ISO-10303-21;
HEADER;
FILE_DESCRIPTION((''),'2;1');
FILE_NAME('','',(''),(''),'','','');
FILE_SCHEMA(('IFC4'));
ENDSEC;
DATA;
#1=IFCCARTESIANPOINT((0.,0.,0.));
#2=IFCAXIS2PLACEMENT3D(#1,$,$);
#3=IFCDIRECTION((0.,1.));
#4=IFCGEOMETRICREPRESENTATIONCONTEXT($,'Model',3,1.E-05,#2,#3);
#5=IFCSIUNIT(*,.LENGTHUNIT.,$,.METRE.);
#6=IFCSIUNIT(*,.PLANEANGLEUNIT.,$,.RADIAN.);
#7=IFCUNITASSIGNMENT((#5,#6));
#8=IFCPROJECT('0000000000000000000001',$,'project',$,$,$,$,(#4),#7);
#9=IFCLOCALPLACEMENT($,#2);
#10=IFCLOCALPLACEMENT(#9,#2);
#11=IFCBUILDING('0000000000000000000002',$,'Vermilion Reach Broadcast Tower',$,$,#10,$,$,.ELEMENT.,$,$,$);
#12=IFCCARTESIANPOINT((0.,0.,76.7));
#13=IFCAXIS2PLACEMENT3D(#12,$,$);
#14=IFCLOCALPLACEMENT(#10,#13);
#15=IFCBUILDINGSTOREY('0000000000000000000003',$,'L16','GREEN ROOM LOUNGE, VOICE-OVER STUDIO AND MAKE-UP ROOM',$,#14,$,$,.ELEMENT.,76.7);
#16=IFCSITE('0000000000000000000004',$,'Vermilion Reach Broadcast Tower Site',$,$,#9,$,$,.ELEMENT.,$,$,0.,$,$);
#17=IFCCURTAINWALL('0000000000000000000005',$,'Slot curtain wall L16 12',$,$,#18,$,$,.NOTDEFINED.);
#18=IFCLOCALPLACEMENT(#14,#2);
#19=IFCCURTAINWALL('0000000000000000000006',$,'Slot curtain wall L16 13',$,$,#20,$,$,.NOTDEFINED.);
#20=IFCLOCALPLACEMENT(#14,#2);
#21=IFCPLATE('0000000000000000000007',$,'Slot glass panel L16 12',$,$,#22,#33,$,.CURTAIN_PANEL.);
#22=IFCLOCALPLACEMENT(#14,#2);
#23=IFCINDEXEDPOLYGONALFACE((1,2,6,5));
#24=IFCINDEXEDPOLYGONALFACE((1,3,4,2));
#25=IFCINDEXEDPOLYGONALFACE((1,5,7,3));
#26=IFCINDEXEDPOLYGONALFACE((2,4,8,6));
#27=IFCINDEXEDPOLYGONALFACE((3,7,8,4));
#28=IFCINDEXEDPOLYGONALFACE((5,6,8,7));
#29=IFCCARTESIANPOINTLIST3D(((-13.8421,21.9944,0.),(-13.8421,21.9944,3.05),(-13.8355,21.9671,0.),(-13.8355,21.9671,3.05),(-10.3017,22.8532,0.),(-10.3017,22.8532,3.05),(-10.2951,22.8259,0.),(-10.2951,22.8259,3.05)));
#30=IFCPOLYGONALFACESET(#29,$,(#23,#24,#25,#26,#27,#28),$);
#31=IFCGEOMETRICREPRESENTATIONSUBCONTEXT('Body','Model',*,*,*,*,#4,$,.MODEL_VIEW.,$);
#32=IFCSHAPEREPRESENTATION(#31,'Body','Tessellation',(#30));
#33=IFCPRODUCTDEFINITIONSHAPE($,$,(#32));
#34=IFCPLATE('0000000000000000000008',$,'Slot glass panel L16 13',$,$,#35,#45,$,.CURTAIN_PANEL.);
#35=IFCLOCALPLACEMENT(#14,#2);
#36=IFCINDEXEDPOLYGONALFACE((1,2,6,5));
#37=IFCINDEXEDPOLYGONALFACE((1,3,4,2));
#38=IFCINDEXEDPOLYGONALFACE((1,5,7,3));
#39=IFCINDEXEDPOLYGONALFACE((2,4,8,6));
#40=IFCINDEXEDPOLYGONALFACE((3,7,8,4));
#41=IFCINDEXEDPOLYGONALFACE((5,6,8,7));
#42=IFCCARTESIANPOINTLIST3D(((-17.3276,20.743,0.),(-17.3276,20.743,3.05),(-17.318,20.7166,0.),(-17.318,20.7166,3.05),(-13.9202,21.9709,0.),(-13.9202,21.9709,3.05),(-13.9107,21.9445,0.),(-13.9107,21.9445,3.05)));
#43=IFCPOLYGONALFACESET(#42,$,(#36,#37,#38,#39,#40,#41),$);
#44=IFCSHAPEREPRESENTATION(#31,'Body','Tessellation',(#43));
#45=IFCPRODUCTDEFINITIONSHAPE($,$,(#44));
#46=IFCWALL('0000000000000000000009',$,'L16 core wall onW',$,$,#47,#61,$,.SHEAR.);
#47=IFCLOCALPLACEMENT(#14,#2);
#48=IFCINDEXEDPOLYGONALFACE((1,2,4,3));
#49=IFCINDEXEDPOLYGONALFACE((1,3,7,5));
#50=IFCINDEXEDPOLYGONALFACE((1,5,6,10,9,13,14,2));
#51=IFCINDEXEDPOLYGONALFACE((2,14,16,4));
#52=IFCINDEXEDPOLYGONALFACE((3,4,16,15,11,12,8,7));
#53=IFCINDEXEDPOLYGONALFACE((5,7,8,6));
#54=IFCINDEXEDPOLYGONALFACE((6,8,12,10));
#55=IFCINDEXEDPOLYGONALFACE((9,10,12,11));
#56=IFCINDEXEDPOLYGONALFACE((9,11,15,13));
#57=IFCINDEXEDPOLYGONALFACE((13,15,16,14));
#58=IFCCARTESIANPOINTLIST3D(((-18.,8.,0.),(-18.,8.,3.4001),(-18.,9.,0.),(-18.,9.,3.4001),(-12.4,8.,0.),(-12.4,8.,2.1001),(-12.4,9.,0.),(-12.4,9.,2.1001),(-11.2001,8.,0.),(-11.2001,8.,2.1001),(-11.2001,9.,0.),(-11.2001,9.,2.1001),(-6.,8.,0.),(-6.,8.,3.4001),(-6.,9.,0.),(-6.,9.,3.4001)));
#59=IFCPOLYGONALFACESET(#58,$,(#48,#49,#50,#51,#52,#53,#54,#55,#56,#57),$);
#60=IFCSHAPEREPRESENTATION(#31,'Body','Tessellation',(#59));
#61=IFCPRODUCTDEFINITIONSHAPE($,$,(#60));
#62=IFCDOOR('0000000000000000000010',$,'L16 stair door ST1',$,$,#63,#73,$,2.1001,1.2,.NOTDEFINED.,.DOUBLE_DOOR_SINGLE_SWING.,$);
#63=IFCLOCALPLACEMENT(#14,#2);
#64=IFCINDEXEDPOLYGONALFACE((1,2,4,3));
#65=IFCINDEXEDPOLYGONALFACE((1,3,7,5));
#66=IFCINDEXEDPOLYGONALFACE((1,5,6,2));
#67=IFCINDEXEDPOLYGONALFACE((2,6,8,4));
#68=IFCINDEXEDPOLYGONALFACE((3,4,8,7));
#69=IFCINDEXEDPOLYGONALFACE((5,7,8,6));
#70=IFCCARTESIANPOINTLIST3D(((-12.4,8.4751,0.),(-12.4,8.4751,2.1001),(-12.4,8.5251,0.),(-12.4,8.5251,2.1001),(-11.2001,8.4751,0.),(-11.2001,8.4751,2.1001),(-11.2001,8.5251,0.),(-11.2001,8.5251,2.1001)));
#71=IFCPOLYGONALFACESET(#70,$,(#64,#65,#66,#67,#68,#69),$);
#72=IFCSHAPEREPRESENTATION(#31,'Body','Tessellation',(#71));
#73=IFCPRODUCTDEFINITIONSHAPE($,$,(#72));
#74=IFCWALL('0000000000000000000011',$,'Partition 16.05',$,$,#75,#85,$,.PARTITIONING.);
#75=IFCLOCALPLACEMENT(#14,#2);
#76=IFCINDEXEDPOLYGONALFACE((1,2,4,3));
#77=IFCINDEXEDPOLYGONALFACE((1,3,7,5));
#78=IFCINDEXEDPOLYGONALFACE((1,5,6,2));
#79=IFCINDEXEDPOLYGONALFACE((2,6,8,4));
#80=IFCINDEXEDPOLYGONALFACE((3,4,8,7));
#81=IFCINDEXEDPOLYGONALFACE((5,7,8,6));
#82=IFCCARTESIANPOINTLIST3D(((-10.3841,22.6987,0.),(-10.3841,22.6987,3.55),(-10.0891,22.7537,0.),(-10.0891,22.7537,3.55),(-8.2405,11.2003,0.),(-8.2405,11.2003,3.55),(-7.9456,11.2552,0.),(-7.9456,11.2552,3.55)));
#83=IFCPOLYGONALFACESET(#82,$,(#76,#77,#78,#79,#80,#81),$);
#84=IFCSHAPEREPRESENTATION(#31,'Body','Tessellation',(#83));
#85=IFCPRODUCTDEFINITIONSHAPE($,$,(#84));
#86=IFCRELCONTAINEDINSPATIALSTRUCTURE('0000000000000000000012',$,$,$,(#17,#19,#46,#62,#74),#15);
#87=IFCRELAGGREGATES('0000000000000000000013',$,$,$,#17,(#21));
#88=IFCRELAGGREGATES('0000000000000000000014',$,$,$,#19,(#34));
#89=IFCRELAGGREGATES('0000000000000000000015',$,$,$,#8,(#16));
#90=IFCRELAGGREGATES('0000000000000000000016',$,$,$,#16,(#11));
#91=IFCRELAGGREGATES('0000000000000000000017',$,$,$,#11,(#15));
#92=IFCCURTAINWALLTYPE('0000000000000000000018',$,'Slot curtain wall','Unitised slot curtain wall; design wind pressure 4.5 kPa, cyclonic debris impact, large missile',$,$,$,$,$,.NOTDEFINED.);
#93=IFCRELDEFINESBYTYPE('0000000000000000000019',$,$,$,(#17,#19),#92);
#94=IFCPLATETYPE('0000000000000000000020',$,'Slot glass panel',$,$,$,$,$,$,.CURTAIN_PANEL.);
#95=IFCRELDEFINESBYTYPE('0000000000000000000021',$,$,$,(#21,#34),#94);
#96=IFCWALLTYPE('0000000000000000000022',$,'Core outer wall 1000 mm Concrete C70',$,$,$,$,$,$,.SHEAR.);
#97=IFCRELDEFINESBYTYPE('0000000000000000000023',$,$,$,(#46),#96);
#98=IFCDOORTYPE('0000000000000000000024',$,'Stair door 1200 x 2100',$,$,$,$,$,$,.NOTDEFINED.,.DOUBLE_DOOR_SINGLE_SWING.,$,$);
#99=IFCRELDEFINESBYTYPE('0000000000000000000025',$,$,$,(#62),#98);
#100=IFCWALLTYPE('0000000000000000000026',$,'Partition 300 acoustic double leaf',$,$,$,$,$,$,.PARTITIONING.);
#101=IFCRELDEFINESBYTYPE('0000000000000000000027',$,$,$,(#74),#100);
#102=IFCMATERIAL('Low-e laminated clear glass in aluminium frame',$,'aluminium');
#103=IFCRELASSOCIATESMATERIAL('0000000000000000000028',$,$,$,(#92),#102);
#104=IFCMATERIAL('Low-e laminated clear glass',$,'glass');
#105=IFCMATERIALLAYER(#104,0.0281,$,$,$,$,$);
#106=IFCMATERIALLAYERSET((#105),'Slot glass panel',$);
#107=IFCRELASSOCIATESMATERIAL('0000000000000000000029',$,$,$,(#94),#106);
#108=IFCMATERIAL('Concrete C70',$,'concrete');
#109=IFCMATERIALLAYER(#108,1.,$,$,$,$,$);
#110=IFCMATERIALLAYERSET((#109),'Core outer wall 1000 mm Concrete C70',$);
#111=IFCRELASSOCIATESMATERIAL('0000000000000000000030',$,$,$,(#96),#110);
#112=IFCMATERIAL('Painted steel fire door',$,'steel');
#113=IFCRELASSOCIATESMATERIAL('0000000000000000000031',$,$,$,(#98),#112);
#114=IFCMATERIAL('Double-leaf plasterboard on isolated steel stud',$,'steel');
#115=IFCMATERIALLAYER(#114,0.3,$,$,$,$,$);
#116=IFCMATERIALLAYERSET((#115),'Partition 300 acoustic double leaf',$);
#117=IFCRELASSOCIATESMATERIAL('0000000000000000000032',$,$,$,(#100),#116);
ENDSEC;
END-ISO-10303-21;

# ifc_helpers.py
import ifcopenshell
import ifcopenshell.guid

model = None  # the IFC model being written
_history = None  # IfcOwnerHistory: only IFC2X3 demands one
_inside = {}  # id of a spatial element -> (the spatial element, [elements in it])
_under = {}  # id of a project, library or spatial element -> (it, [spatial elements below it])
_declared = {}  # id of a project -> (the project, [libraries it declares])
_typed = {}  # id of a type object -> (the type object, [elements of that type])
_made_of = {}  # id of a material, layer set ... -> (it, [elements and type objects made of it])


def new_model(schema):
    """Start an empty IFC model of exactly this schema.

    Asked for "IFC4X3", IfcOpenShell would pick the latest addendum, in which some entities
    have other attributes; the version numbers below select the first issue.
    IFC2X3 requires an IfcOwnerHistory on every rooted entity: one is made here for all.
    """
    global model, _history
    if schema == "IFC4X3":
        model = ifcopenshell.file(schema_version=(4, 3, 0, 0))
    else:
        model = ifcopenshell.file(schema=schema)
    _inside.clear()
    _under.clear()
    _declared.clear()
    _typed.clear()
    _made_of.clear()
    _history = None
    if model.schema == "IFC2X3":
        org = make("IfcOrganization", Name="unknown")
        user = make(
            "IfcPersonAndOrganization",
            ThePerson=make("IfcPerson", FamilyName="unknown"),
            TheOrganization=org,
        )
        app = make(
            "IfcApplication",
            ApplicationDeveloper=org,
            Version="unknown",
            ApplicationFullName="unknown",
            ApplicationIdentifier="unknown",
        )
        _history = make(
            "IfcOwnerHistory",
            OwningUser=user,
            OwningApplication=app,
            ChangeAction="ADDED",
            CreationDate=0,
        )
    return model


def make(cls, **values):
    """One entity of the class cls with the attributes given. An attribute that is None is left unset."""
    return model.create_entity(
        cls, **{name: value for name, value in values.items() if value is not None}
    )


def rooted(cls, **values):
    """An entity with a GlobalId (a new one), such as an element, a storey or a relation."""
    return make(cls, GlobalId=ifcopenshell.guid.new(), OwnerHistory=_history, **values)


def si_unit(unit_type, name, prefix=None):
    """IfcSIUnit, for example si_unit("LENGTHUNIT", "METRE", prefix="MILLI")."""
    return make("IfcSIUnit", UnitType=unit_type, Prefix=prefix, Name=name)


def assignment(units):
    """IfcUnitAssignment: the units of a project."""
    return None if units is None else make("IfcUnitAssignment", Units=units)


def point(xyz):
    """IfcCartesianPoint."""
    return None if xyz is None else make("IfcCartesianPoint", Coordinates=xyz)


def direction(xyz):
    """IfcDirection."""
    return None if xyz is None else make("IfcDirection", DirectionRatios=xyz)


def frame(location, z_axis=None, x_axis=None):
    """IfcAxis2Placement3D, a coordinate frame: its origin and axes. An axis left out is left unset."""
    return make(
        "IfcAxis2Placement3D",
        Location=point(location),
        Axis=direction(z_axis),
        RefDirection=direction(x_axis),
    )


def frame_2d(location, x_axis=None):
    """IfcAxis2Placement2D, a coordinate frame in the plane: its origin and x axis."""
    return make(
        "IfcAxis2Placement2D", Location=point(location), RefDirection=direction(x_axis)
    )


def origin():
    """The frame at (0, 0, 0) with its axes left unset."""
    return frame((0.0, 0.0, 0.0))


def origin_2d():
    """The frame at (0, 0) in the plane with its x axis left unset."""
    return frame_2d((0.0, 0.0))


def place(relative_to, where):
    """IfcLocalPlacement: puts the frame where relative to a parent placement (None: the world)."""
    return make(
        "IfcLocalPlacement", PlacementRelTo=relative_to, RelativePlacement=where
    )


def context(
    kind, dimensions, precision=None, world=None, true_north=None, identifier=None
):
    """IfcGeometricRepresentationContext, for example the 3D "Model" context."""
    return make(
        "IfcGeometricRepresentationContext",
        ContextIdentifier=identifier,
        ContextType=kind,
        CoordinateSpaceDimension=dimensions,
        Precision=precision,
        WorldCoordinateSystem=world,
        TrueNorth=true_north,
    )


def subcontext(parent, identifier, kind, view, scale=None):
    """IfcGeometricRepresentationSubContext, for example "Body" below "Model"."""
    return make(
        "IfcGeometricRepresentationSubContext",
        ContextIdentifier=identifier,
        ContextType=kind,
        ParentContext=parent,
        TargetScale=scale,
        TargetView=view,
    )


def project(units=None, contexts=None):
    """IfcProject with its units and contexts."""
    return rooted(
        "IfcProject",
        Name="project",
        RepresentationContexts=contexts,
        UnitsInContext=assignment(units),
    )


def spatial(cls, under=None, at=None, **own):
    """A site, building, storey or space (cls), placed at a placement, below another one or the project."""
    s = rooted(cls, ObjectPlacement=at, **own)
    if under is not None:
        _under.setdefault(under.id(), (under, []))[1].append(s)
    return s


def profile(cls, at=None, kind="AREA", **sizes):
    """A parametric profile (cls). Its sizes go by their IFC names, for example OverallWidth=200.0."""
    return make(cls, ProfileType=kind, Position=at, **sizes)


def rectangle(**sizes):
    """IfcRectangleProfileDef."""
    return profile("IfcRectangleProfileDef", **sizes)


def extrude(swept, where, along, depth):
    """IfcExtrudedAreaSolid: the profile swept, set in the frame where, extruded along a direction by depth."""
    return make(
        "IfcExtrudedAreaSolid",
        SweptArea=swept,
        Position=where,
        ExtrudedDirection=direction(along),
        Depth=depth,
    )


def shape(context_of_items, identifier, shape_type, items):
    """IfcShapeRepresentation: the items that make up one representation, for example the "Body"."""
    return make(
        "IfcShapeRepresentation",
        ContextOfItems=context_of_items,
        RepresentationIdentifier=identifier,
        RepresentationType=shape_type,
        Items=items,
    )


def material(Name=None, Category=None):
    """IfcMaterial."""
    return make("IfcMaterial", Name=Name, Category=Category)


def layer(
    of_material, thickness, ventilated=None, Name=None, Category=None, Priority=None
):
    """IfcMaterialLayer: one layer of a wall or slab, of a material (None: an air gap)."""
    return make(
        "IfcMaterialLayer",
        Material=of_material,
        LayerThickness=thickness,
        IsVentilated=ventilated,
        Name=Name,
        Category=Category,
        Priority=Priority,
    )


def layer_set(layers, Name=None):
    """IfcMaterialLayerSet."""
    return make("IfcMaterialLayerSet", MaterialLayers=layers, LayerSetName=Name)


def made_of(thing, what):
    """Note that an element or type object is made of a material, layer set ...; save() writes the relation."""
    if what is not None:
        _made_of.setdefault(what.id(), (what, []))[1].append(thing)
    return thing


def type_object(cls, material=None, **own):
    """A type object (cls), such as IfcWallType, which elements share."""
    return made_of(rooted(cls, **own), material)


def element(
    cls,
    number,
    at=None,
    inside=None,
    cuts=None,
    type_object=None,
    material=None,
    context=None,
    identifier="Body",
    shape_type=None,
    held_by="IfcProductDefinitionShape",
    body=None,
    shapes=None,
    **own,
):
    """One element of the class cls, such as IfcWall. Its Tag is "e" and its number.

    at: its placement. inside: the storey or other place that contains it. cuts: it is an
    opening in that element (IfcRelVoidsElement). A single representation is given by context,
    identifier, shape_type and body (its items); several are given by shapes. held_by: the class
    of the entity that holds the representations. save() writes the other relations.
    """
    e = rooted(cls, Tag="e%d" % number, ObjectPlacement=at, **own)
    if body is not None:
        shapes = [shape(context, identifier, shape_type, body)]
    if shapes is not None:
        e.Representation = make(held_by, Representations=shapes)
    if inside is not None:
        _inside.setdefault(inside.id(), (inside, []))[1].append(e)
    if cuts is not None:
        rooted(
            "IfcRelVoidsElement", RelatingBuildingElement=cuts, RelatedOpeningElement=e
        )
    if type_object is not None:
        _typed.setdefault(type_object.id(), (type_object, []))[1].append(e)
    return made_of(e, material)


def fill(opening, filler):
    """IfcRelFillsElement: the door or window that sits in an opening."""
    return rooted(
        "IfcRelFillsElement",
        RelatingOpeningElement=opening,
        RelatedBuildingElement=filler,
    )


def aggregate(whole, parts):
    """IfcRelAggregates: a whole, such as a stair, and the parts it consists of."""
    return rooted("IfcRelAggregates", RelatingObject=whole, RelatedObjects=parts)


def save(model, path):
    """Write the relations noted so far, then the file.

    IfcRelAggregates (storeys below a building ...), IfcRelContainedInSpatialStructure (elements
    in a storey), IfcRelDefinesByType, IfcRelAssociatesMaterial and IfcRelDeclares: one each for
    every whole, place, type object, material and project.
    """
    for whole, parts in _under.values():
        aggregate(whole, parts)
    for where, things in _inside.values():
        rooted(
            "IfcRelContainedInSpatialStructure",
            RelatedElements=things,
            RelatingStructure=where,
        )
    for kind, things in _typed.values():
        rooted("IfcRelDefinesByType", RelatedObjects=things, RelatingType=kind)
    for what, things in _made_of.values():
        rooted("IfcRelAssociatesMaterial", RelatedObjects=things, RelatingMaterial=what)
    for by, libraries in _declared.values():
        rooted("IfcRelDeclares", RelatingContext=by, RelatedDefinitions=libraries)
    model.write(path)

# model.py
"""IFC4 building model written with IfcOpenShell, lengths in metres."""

from ifc_helpers import new_model, si_unit, direction, frame, frame_2d, origin, origin_2d, place, context, subcontext, project, spatial, rectangle, extrude, material, layer, layer_set, type_object, element, fill, aggregate, save


model = new_model("IFC4")

# Units and contexts
model_context = context("Model", 3, precision=1e-05, world=origin(), true_north=direction((0.0, 1.0)))
body_context = subcontext(model_context, "Body", "Model", "MODEL_VIEW")
ifc_project = project(units=[si_unit("LENGTHUNIT", "METRE"), si_unit("PLANEANGLEUNIT", "RADIAN")], contexts=[model_context])

# Site, building, storey
site_placement = place(None, origin())
site = spatial("IfcSite", under=ifc_project, at=site_placement, Name="Vermilion Reach Broadcast Tower Site", CompositionType="ELEMENT", RefElevation=0.0)
building_placement = place(site_placement, origin())
building = spatial("IfcBuilding", under=site, at=building_placement, Name="Vermilion Reach Broadcast Tower", CompositionType="ELEMENT")
storey_placement = place(building_placement, frame((0.0, 0.0, 76.7)))
storey = spatial("IfcBuildingStorey", under=building, at=storey_placement, Name="L16", Description="GREEN ROOM LOUNGE, VOICE-OVER STUDIO AND MAKE-UP ROOM", CompositionType="ELEMENT", Elevation=76.7)

# Curtain walls
ifc_material_1 = material(Name="Low-e laminated clear glass in aluminium frame", Category="aluminium")
curtain_wall_type = type_object("IfcCurtainWallType", Name="Slot curtain wall", Description="Unitised slot curtain wall; design wind pressure 4.5 kPa, cyclonic debris impact, large missile", PredefinedType="NOTDEFINED", material=ifc_material_1)
placement = place(storey_placement, origin())
curtain_wall_1 = element("IfcCurtainWall", 1, at=placement, inside=storey, type_object=curtain_wall_type, Name="Slot curtain wall L16 12", PredefinedType="NOTDEFINED")
curtain_wall_2 = element("IfcCurtainWall", 2, at=placement, inside=storey, type_object=curtain_wall_type, Name="Slot curtain wall L16 13", PredefinedType="NOTDEFINED")

# Plates
ifc_material_2 = material(Name="Low-e laminated clear glass", Category="glass")
ifc_layer_1 = layer(ifc_material_2, 0.0281)
ifc_layer_set_1 = layer_set([ifc_layer_1], Name="Slot glass panel")
plate_type = type_object("IfcPlateType", Name="Slot glass panel", PredefinedType="CURTAIN_PANEL", material=ifc_layer_set_1)
plate_1_placement = place(storey_placement, frame((-12.0686, 22.4102, 0.0), z_axis=(0.0, 0.0, 1.0), x_axis=(-0.97182, -0.235724, 0.0)))
plate_1 = element("IfcPlate", 3, at=plate_1_placement, type_object=plate_type, Name="Slot glass panel L16 12", PredefinedType="CURTAIN_PANEL", context=body_context, shape_type="SweptSolid", body=[
    extrude(rectangle(XDim=3.6431, YDim=0.0281, at=origin_2d()), origin(), (0.0, 0.0, 1.0), 3.05),
])
aggregate(curtain_wall_1, [plate_1])
plate_2_placement = place(storey_placement, frame((-15.6191, 21.3438, 0.0), z_axis=(0.0, 0.0, 1.0), x_axis=(-0.940777, -0.339026, 0.0)))
plate_2 = element("IfcPlate", 4, at=plate_2_placement, type_object=plate_type, Name="Slot glass panel L16 13", PredefinedType="CURTAIN_PANEL", context=body_context, shape_type="SweptSolid", body=[
    extrude(rectangle(XDim=3.6218, YDim=0.0281, at=origin_2d()), origin(), (0.0, 0.0, 1.0), 3.05),
])
aggregate(curtain_wall_2, [plate_2])

# Wall, opening, door
ifc_material_3 = material(Name="Concrete C70", Category="concrete")
ifc_layer_2 = layer(ifc_material_3, 1.0)
ifc_layer_set_2 = layer_set([ifc_layer_2], Name="Core outer wall 1000 mm Concrete C70")
wall_type_1 = type_object("IfcWallType", Name="Core outer wall 1000 mm Concrete C70", PredefinedType="SHEAR", material=ifc_layer_set_2)
wall_1_placement = place(storey_placement, frame((-6.0, 8.5, 0.0), z_axis=(0.0, 0.0, 1.0), x_axis=(-1.0, 0.0, 0.0)))
wall_1 = element("IfcWall", 5, at=wall_1_placement, inside=storey, type_object=wall_type_1, Name="L16 core wall onW", PredefinedType="SHEAR", context=body_context, shape_type="SweptSolid", body=[
    extrude(rectangle(XDim=12.0, YDim=1.0, at=frame_2d((6.0, 0.0))), origin(), (0.0, 0.0, 1.0), 3.4001),
])
opening_placement = place(wall_1_placement, frame((5.2, 0.0, 0.0)))
opening = element("IfcOpeningElement", 6, at=opening_placement, cuts=wall_1, PredefinedType="OPENING", context=body_context, shape_type="SweptSolid", body=[
    extrude(rectangle(XDim=1.2, YDim=2.1001, at=frame_2d((0.6001, 1.05))), frame((0.0, 0.51, 0.0), z_axis=(0.0, -1.0, 0.0), x_axis=(1.0, 0.0, 0.0)), (0.0, 0.0, 1.0), 1.02),
])
ifc_material_4 = material(Name="Painted steel fire door", Category="steel")
door_type = type_object("IfcDoorType", Name="Stair door 1200 x 2100", OperationType="DOUBLE_DOOR_SINGLE_SWING", PredefinedType="NOTDEFINED", material=ifc_material_4)
door_placement = place(opening_placement, origin())
door = element("IfcDoor", 7, at=door_placement, inside=storey, type_object=door_type, Name="L16 stair door ST1", OperationType="DOUBLE_DOOR_SINGLE_SWING", OverallHeight=2.1001, OverallWidth=1.2, PredefinedType="NOTDEFINED", context=body_context, shape_type="SweptSolid", body=[
    extrude(rectangle(XDim=1.2, YDim=2.1001, at=frame_2d((0.6001, 1.05))), frame((0.0, 0.0249, 0.0), z_axis=(0.0, -1.0, 0.0), x_axis=(1.0, 0.0, 0.0)), (0.0, 0.0, 1.0), 0.05),
])
fill(opening, door)

# Wall
ifc_material_5 = material(Name="Double-leaf plasterboard on isolated steel stud", Category="steel")
ifc_layer_3 = layer(ifc_material_5, 0.3)
ifc_layer_set_3 = layer_set([ifc_layer_3], Name="Partition 300 acoustic double leaf")
wall_type_2 = type_object("IfcWallType", Name="Partition 300 acoustic double leaf", PredefinedType="PARTITIONING", material=ifc_layer_set_3)
wall_2_placement = place(storey_placement, frame((-10.2366, 22.7261, 0.0), z_axis=(0.0, 0.0, 1.0), x_axis=(0.183263, -0.983064, 0.0)))
element("IfcWall", 8, at=wall_2_placement, inside=storey, type_object=wall_type_2, Name="Partition 16.05", PredefinedType="PARTITIONING", context=body_context, shape_type="SweptSolid", body=[
    extrude(rectangle(XDim=11.6965, YDim=0.3, at=frame_2d((5.8481, 0.0))), origin(), (0.0, 0.0, 1.0), 3.55),
])

save(model, "model.ifc")
